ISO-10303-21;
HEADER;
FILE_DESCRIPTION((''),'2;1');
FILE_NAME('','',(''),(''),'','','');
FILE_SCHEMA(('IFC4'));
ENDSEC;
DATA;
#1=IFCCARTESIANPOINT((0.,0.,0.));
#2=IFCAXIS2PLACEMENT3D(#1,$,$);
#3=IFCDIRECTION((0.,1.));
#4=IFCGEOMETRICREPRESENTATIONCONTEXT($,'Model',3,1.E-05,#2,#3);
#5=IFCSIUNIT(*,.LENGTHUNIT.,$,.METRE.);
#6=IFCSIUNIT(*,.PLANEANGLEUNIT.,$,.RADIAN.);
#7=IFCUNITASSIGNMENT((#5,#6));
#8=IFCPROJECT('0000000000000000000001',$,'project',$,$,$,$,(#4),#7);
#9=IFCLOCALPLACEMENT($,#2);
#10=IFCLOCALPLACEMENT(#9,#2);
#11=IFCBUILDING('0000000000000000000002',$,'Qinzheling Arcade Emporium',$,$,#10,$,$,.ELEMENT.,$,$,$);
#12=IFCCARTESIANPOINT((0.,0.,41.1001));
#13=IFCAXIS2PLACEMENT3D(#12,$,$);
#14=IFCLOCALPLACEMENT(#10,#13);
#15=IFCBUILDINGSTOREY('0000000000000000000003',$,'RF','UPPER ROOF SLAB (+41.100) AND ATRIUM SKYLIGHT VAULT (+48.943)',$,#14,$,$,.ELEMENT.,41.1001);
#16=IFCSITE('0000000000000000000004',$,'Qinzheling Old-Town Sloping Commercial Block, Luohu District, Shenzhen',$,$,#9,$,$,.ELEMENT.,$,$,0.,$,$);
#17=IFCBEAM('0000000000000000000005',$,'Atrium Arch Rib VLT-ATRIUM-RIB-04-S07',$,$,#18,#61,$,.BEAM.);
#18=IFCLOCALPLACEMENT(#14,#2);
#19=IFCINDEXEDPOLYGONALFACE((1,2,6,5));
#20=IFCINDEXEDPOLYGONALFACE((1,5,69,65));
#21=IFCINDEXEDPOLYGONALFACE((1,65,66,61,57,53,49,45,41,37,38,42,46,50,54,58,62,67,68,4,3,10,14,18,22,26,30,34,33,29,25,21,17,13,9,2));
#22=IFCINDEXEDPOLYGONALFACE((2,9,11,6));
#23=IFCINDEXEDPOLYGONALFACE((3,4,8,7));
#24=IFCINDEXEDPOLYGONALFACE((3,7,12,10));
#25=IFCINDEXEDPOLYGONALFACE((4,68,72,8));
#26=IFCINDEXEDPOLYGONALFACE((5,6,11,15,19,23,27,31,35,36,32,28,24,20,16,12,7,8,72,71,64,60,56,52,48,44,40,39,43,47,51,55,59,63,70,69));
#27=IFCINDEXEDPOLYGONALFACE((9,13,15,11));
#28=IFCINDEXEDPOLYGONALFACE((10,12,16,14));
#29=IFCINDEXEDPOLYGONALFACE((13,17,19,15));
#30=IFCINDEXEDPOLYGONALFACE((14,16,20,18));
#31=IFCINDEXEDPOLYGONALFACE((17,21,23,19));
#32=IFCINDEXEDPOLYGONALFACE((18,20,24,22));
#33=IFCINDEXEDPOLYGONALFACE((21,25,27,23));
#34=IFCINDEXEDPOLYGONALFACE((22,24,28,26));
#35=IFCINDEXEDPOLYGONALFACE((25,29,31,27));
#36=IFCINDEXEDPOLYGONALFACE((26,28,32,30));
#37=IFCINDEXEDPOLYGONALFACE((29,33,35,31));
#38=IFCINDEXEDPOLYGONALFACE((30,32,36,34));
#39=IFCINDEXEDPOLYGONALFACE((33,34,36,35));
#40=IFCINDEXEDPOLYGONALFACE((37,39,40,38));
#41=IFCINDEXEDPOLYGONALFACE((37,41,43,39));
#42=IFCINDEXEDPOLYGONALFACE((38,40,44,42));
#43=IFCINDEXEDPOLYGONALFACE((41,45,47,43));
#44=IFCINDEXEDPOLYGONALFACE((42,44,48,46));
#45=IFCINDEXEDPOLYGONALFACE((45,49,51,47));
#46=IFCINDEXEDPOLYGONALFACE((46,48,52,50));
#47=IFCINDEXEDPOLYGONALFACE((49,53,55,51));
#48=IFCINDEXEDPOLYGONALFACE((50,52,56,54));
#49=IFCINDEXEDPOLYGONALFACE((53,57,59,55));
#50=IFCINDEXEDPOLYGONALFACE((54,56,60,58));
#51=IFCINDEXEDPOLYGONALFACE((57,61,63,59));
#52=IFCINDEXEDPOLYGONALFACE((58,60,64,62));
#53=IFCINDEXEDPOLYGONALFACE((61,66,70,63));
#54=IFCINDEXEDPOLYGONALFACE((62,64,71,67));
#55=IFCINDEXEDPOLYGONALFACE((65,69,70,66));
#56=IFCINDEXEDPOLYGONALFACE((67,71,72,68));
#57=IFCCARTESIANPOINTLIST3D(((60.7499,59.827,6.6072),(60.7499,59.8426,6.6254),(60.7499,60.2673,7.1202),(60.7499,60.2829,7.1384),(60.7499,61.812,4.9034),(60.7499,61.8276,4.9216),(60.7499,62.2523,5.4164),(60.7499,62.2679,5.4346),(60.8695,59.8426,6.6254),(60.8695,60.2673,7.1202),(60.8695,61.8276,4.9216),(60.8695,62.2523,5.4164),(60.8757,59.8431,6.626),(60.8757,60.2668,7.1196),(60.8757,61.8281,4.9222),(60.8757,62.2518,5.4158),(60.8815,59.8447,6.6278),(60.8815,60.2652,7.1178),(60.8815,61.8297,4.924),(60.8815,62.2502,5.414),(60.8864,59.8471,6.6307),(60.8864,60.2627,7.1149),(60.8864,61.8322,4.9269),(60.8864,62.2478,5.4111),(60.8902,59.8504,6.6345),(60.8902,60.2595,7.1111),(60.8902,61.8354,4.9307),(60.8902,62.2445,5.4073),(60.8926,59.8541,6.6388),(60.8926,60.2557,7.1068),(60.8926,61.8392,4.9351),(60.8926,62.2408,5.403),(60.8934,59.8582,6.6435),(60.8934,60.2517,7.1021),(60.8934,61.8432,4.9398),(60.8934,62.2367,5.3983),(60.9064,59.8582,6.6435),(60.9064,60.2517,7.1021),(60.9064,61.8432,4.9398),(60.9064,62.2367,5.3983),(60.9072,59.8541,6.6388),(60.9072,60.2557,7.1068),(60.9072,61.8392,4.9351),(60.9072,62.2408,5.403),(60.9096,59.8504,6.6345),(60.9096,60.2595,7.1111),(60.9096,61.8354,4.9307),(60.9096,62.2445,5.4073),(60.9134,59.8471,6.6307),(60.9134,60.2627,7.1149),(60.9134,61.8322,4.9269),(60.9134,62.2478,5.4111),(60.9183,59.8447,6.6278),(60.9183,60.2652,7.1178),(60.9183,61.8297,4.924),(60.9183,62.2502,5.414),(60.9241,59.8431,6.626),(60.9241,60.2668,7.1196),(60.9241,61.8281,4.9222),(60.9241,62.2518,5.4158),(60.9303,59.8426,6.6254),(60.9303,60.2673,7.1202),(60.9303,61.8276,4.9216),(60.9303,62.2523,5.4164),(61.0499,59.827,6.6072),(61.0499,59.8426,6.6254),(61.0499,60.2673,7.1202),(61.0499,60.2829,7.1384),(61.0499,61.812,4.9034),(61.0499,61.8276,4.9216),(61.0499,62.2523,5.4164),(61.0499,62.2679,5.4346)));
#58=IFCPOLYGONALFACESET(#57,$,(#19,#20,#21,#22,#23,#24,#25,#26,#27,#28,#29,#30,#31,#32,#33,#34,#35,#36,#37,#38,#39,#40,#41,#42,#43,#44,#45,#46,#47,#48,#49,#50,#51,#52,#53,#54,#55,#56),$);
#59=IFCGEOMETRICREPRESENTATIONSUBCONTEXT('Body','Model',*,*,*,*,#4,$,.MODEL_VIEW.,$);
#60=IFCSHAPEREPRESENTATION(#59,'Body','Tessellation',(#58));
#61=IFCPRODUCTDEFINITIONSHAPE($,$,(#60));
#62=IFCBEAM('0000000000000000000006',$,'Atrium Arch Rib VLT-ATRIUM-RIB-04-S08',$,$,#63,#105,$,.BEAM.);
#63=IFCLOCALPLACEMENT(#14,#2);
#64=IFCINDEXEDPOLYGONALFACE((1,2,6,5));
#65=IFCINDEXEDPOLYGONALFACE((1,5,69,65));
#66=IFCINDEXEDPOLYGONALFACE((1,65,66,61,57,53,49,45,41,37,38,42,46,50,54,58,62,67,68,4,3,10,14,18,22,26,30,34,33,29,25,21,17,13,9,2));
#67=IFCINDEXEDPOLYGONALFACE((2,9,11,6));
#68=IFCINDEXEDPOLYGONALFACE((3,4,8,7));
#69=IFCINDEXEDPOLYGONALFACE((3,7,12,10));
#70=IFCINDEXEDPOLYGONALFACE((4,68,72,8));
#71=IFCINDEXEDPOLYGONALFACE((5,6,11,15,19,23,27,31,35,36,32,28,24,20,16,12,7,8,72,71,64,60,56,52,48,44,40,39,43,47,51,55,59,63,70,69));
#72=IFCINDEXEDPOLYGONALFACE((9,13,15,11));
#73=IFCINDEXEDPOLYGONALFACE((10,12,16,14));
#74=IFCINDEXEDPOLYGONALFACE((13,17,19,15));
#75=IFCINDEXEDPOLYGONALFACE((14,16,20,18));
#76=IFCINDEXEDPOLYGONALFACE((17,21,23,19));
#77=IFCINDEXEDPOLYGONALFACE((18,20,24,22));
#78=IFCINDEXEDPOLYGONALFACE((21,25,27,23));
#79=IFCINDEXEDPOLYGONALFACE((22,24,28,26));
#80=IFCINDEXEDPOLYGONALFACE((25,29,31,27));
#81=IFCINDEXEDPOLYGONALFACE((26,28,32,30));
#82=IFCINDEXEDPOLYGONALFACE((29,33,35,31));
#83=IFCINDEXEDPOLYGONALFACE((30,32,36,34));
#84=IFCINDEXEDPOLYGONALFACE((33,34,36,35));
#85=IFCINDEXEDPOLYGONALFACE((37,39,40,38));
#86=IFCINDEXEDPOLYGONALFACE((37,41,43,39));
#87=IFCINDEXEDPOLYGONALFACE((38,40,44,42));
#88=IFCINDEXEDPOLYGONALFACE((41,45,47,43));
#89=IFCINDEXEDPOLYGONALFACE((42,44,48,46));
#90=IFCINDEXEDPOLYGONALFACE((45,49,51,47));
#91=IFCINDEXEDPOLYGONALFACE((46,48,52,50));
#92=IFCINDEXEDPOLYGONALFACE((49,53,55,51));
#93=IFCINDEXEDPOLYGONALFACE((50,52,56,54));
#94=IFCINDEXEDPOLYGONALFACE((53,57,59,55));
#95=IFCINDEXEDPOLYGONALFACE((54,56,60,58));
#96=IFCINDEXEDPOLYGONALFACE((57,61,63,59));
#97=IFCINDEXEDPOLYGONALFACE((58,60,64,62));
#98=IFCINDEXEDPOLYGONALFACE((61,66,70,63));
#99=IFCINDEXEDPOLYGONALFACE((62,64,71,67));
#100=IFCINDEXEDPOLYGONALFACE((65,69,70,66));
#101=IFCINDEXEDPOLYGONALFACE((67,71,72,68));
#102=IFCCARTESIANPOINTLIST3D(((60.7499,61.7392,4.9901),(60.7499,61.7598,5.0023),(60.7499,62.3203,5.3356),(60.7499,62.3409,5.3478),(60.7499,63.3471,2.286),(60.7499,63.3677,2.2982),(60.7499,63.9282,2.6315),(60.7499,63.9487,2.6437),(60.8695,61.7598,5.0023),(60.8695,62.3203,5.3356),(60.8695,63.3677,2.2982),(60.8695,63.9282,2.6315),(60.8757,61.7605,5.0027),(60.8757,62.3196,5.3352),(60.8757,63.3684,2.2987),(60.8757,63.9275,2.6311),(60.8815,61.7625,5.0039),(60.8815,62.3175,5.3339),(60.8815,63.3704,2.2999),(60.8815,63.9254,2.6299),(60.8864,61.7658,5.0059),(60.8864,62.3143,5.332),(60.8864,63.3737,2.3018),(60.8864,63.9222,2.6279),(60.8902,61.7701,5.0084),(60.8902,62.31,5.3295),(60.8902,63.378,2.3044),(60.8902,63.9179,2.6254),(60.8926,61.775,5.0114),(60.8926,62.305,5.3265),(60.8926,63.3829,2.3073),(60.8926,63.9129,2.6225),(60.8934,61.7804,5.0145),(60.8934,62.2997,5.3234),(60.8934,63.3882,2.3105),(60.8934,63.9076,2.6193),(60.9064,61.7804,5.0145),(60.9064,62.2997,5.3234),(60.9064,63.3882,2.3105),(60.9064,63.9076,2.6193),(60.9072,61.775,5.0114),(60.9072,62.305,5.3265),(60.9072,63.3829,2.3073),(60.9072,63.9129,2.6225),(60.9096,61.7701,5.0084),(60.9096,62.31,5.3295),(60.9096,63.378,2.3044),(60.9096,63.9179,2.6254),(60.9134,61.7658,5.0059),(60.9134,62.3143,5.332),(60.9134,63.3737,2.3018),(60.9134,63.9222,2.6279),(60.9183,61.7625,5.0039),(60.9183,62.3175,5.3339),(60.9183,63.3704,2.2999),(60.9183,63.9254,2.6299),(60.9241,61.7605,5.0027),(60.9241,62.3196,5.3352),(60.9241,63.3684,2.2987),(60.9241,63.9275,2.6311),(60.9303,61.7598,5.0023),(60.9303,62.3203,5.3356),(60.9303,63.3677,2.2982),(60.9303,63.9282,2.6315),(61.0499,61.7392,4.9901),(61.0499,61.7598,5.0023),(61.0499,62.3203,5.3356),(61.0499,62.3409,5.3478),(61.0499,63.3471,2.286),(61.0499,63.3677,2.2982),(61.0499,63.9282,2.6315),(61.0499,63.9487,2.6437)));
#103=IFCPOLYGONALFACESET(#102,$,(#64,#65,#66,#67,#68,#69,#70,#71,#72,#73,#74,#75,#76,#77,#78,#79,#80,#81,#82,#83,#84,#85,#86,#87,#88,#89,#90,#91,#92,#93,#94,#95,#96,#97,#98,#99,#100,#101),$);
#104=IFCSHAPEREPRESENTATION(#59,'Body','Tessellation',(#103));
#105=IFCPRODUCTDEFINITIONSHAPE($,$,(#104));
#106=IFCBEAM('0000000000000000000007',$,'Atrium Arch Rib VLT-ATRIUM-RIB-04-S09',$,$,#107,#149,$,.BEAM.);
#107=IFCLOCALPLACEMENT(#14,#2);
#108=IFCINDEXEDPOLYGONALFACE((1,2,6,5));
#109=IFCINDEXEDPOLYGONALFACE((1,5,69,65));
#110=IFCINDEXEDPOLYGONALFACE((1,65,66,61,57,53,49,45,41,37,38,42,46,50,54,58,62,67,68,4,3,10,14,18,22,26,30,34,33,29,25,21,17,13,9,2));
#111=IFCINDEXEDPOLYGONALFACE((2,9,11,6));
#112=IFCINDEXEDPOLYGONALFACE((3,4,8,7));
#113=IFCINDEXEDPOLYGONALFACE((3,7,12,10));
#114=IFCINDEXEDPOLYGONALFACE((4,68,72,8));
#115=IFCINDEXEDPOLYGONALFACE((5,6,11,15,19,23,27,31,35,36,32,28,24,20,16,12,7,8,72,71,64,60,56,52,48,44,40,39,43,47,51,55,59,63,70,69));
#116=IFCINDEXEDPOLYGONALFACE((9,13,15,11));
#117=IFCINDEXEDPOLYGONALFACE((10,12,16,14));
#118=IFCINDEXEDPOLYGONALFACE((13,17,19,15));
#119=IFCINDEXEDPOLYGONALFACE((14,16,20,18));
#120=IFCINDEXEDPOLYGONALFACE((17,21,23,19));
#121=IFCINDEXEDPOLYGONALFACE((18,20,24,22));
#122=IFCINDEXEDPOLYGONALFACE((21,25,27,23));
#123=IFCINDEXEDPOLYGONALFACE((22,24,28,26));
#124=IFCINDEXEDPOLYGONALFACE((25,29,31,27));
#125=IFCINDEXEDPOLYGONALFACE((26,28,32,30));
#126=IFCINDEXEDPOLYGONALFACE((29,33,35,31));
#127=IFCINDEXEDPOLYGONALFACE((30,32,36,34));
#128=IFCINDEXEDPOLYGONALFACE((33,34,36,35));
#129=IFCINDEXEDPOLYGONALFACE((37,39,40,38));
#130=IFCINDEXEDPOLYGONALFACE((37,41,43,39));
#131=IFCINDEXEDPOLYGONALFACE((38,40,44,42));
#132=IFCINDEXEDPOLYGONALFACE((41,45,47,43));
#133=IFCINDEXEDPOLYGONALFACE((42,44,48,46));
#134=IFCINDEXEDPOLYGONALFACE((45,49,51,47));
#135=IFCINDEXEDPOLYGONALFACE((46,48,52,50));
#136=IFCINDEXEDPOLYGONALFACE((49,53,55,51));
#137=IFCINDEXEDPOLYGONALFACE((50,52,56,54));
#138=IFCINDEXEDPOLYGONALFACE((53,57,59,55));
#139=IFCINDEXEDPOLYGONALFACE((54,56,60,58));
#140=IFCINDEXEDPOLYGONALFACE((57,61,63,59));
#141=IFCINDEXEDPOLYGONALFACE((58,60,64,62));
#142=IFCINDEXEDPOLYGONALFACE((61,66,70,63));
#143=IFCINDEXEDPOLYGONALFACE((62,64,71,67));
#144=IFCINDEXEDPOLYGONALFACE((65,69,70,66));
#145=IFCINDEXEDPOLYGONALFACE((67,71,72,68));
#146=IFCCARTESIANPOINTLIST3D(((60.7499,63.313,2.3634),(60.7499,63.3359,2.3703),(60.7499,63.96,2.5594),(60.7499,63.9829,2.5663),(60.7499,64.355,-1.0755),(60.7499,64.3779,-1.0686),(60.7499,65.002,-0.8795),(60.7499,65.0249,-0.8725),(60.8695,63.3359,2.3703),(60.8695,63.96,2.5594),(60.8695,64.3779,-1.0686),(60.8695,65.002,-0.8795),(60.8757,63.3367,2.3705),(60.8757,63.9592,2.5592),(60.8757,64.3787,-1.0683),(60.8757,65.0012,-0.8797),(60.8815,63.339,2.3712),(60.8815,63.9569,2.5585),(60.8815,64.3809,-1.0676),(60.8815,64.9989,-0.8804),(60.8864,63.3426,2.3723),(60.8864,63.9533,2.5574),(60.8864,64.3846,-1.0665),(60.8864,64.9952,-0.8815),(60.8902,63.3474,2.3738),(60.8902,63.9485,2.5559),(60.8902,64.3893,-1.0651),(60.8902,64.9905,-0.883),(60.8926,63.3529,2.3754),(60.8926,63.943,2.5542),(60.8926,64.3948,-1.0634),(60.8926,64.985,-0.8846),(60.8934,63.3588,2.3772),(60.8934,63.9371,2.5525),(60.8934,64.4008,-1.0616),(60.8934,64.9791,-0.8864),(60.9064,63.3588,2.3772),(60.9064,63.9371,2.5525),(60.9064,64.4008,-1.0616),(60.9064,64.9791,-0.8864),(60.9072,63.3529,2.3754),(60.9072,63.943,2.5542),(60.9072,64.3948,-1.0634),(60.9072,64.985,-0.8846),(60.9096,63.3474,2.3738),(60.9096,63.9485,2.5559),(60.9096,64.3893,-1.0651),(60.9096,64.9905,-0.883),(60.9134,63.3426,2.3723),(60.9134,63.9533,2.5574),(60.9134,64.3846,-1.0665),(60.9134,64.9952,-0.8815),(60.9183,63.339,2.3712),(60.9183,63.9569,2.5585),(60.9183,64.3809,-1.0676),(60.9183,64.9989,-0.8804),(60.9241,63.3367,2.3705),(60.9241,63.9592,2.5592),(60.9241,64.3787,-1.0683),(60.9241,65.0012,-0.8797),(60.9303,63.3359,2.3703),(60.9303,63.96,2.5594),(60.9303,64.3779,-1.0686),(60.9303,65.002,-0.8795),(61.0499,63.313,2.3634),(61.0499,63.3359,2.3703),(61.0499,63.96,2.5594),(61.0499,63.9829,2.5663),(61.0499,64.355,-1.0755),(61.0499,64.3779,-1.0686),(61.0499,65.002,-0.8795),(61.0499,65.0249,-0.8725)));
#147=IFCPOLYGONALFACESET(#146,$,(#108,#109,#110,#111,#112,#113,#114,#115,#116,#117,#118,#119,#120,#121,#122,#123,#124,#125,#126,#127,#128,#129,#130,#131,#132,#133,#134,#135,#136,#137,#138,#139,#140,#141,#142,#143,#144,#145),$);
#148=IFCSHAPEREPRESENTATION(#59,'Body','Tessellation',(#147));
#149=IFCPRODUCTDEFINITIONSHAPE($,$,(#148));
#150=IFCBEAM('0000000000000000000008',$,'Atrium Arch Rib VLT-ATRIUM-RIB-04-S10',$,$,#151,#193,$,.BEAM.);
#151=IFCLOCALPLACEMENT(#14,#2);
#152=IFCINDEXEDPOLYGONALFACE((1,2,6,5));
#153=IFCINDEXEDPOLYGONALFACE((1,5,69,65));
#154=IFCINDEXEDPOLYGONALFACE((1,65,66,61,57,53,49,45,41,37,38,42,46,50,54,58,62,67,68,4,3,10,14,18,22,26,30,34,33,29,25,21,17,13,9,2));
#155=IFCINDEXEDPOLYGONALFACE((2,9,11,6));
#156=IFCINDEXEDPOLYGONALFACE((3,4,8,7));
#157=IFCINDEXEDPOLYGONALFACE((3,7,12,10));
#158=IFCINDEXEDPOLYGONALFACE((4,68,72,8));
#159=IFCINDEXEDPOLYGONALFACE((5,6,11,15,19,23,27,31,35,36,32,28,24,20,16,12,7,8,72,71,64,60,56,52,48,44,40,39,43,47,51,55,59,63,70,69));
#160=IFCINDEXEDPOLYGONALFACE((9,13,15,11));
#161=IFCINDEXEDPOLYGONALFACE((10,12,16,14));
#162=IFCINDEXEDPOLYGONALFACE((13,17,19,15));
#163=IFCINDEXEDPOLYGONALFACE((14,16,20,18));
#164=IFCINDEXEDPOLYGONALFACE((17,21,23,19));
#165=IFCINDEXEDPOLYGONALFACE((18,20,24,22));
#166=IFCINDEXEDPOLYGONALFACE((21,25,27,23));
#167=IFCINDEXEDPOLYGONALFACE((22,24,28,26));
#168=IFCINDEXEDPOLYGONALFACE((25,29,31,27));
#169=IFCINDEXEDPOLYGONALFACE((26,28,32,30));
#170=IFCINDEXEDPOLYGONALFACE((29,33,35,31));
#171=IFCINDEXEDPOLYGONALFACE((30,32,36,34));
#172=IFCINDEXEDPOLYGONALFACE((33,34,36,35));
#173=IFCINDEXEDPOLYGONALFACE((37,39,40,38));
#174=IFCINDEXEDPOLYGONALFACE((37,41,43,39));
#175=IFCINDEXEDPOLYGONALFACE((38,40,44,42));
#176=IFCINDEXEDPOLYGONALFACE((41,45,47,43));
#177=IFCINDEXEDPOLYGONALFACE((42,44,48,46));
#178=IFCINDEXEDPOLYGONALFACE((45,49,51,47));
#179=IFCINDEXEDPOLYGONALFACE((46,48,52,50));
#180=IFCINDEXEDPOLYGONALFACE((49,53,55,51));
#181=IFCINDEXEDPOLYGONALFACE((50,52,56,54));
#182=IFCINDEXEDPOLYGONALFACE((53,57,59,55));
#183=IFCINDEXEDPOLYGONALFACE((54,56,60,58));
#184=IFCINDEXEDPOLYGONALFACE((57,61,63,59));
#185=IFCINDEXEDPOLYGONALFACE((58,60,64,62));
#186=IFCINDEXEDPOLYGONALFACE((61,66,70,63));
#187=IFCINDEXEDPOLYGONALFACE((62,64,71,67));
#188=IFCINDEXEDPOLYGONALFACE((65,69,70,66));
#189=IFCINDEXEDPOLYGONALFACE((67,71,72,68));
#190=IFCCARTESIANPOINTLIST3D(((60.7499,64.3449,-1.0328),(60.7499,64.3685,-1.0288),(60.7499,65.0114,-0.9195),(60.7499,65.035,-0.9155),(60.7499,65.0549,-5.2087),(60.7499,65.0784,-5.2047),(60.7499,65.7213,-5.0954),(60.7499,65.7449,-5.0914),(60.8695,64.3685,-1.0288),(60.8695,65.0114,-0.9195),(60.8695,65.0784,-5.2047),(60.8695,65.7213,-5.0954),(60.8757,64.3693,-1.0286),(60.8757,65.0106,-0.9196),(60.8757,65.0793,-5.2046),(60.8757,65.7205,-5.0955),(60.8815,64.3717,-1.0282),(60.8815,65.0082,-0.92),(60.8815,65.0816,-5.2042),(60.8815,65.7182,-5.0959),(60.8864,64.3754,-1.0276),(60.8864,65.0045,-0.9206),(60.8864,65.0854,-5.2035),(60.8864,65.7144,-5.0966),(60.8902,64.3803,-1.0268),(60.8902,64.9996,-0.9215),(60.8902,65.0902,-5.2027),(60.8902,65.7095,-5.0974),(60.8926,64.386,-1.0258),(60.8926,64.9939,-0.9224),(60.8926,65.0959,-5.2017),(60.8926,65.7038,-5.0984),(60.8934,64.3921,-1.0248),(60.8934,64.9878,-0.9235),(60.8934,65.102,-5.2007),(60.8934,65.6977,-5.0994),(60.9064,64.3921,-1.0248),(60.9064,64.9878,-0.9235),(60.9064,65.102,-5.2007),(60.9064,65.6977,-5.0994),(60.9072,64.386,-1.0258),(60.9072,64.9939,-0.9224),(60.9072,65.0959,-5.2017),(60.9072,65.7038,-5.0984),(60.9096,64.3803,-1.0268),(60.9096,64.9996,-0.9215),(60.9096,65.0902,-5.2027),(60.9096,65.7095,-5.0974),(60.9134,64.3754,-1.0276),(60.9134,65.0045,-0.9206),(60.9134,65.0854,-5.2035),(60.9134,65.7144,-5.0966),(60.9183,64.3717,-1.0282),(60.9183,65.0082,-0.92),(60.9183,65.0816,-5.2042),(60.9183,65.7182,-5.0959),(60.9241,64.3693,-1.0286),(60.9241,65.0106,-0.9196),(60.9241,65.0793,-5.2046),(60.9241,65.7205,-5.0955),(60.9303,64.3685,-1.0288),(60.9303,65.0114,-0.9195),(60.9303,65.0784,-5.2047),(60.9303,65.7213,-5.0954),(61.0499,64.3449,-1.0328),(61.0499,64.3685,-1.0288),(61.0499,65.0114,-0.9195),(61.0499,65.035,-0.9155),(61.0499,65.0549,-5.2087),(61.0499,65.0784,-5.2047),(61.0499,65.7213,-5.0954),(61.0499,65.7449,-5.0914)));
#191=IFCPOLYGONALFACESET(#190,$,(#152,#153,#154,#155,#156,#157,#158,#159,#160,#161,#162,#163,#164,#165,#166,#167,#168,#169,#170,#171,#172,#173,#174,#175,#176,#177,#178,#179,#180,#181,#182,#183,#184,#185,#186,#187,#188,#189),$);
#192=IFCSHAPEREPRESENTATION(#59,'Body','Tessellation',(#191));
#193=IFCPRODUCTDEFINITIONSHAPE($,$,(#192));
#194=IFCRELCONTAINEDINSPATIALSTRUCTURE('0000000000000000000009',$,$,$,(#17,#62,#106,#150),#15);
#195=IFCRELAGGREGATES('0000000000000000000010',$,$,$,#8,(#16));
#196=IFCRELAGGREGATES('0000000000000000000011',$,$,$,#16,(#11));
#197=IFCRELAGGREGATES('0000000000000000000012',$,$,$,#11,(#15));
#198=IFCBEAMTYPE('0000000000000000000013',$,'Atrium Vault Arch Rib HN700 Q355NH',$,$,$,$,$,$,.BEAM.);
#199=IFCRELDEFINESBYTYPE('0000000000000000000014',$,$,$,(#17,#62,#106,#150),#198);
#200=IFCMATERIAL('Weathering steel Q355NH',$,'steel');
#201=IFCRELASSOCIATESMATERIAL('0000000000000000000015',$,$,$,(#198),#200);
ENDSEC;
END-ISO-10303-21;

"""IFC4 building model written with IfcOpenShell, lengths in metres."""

from ifc_helpers import new_model, si_unit, direction, frame, origin, origin_2d, place, context, subcontext, project, spatial, i_section, extrude, material, material_profile, profile_set, type_object, element, save


model = new_model("IFC4")

# Units and contexts
model_context = context("Model", 3, precision=1e-05, world=origin(), true_north=direction((0.0, 1.0)))
body_context = subcontext(model_context, "Body", "Model", "MODEL_VIEW")
ifc_project = project(units=[si_unit("LENGTHUNIT", "METRE"), si_unit("PLANEANGLEUNIT", "RADIAN")], contexts=[model_context])

# Site, building, storey
site_placement = place(None, origin())
site = spatial("IfcSite", under=ifc_project, at=site_placement, Name="Qinzheling Old-Town Sloping Commercial Block, Luohu District, Shenzhen", CompositionType="ELEMENT", RefElevation=0.0)
building_placement = place(site_placement, origin())
building = spatial("IfcBuilding", under=site, at=building_placement, Name="Qinzheling Arcade Emporium", CompositionType="ELEMENT")
storey_placement = place(building_placement, frame((0.0, 0.0, 41.1001)))
storey = spatial("IfcBuildingStorey", under=building, at=storey_placement, Name="RF", Description="UPPER ROOF SLAB (+41.100) AND ATRIUM SKYLIGHT VAULT (+48.943)", CompositionType="ELEMENT", Elevation=41.1001)

# Shared definitions
ifc_material_1 = material(Name="Weathering steel Q355NH", Category="steel")

# Beams
ifc_material_profile_1 = material_profile(ifc_material_1, i_section(OverallWidth=0.3, OverallDepth=0.7, WebThickness=0.0129, FlangeThickness=0.0239, FilletRadius=0.0239, at=origin_2d()), Name="HN 700x300x13x24", Category="steel")
ifc_profile_set_1 = profile_set([ifc_material_profile_1], Name="Weathering steel Q355NH")
beam_type_1 = type_object("IfcBeamType", Name="Atrium Vault Arch Rib HN700 Q355NH", PredefinedType="BEAM", material=ifc_profile_set_1)
beam_1_placement = place(storey_placement, frame((60.8999, 60.0549, 6.8728), z_axis=(0.0, 0.758815, -0.651306), x_axis=(-1.0, 0.0, 0.0)))
element("IfcBeam", 1, at=beam_1_placement, inside=storey, type_object=beam_type_1, Name="Atrium Arch Rib VLT-ATRIUM-RIB-04-S07", PredefinedType="BEAM", context=body_context, shape_type="SweptSolid", body=[
    extrude(i_section(OverallWidth=0.3, OverallDepth=0.7, WebThickness=0.0129, FlangeThickness=0.0239, FilletRadius=0.0239, at=origin_2d()), origin(), (0.0, 0.0, 1.0), 2.616),
])
beam_2_placement = place(storey_placement, frame((60.8999, 62.04, 5.1689), z_axis=(0.0, 0.511091, -0.859527), x_axis=(-1.0, 0.0, 0.0)))
element("IfcBeam", 2, at=beam_2_placement, inside=storey, type_object=beam_type_1, Name="Atrium Arch Rib VLT-ATRIUM-RIB-04-S08", PredefinedType="BEAM", context=body_context, shape_type="SweptSolid", body=[
    extrude(i_section(OverallWidth=0.3, OverallDepth=0.7, WebThickness=0.0129, FlangeThickness=0.0239, FilletRadius=0.0239, at=origin_2d()), origin(), (0.0, 0.0, 1.0), 3.146),
])
beam_3_placement = place(storey_placement, frame((60.8999, 63.6479, 2.4648), z_axis=(0.0, 0.289977, -0.957034), x_axis=(-1.0, 0.0, 0.0)))
element("IfcBeam", 3, at=beam_3_placement, inside=storey, type_object=beam_type_1, Name="Atrium Arch Rib VLT-ATRIUM-RIB-04-S09", PredefinedType="BEAM", context=body_context, shape_type="SweptSolid", body=[
    extrude(i_section(OverallWidth=0.3, OverallDepth=0.7, WebThickness=0.0129, FlangeThickness=0.0239, FilletRadius=0.0239, at=origin_2d()), origin(), (0.0, 0.0, 1.0), 3.5933),
])
beam_4_placement = place(storey_placement, frame((60.8999, 64.6899, -0.9741), z_axis=(0.0, 0.167604, -0.985854), x_axis=(-1.0, 0.0, 0.0)))
element("IfcBeam", 4, at=beam_4_placement, inside=storey, type_object=beam_type_1, Name="Atrium Arch Rib VLT-ATRIUM-RIB-04-S10", PredefinedType="BEAM", context=body_context, shape_type="SweptSolid", body=[
    extrude(i_section(OverallWidth=0.3, OverallDepth=0.7, WebThickness=0.0129, FlangeThickness=0.0239, FilletRadius=0.0239, at=origin_2d()), origin(), (0.0, 0.0, 1.0), 4.2358),
])

save(model, "model.ifc")
